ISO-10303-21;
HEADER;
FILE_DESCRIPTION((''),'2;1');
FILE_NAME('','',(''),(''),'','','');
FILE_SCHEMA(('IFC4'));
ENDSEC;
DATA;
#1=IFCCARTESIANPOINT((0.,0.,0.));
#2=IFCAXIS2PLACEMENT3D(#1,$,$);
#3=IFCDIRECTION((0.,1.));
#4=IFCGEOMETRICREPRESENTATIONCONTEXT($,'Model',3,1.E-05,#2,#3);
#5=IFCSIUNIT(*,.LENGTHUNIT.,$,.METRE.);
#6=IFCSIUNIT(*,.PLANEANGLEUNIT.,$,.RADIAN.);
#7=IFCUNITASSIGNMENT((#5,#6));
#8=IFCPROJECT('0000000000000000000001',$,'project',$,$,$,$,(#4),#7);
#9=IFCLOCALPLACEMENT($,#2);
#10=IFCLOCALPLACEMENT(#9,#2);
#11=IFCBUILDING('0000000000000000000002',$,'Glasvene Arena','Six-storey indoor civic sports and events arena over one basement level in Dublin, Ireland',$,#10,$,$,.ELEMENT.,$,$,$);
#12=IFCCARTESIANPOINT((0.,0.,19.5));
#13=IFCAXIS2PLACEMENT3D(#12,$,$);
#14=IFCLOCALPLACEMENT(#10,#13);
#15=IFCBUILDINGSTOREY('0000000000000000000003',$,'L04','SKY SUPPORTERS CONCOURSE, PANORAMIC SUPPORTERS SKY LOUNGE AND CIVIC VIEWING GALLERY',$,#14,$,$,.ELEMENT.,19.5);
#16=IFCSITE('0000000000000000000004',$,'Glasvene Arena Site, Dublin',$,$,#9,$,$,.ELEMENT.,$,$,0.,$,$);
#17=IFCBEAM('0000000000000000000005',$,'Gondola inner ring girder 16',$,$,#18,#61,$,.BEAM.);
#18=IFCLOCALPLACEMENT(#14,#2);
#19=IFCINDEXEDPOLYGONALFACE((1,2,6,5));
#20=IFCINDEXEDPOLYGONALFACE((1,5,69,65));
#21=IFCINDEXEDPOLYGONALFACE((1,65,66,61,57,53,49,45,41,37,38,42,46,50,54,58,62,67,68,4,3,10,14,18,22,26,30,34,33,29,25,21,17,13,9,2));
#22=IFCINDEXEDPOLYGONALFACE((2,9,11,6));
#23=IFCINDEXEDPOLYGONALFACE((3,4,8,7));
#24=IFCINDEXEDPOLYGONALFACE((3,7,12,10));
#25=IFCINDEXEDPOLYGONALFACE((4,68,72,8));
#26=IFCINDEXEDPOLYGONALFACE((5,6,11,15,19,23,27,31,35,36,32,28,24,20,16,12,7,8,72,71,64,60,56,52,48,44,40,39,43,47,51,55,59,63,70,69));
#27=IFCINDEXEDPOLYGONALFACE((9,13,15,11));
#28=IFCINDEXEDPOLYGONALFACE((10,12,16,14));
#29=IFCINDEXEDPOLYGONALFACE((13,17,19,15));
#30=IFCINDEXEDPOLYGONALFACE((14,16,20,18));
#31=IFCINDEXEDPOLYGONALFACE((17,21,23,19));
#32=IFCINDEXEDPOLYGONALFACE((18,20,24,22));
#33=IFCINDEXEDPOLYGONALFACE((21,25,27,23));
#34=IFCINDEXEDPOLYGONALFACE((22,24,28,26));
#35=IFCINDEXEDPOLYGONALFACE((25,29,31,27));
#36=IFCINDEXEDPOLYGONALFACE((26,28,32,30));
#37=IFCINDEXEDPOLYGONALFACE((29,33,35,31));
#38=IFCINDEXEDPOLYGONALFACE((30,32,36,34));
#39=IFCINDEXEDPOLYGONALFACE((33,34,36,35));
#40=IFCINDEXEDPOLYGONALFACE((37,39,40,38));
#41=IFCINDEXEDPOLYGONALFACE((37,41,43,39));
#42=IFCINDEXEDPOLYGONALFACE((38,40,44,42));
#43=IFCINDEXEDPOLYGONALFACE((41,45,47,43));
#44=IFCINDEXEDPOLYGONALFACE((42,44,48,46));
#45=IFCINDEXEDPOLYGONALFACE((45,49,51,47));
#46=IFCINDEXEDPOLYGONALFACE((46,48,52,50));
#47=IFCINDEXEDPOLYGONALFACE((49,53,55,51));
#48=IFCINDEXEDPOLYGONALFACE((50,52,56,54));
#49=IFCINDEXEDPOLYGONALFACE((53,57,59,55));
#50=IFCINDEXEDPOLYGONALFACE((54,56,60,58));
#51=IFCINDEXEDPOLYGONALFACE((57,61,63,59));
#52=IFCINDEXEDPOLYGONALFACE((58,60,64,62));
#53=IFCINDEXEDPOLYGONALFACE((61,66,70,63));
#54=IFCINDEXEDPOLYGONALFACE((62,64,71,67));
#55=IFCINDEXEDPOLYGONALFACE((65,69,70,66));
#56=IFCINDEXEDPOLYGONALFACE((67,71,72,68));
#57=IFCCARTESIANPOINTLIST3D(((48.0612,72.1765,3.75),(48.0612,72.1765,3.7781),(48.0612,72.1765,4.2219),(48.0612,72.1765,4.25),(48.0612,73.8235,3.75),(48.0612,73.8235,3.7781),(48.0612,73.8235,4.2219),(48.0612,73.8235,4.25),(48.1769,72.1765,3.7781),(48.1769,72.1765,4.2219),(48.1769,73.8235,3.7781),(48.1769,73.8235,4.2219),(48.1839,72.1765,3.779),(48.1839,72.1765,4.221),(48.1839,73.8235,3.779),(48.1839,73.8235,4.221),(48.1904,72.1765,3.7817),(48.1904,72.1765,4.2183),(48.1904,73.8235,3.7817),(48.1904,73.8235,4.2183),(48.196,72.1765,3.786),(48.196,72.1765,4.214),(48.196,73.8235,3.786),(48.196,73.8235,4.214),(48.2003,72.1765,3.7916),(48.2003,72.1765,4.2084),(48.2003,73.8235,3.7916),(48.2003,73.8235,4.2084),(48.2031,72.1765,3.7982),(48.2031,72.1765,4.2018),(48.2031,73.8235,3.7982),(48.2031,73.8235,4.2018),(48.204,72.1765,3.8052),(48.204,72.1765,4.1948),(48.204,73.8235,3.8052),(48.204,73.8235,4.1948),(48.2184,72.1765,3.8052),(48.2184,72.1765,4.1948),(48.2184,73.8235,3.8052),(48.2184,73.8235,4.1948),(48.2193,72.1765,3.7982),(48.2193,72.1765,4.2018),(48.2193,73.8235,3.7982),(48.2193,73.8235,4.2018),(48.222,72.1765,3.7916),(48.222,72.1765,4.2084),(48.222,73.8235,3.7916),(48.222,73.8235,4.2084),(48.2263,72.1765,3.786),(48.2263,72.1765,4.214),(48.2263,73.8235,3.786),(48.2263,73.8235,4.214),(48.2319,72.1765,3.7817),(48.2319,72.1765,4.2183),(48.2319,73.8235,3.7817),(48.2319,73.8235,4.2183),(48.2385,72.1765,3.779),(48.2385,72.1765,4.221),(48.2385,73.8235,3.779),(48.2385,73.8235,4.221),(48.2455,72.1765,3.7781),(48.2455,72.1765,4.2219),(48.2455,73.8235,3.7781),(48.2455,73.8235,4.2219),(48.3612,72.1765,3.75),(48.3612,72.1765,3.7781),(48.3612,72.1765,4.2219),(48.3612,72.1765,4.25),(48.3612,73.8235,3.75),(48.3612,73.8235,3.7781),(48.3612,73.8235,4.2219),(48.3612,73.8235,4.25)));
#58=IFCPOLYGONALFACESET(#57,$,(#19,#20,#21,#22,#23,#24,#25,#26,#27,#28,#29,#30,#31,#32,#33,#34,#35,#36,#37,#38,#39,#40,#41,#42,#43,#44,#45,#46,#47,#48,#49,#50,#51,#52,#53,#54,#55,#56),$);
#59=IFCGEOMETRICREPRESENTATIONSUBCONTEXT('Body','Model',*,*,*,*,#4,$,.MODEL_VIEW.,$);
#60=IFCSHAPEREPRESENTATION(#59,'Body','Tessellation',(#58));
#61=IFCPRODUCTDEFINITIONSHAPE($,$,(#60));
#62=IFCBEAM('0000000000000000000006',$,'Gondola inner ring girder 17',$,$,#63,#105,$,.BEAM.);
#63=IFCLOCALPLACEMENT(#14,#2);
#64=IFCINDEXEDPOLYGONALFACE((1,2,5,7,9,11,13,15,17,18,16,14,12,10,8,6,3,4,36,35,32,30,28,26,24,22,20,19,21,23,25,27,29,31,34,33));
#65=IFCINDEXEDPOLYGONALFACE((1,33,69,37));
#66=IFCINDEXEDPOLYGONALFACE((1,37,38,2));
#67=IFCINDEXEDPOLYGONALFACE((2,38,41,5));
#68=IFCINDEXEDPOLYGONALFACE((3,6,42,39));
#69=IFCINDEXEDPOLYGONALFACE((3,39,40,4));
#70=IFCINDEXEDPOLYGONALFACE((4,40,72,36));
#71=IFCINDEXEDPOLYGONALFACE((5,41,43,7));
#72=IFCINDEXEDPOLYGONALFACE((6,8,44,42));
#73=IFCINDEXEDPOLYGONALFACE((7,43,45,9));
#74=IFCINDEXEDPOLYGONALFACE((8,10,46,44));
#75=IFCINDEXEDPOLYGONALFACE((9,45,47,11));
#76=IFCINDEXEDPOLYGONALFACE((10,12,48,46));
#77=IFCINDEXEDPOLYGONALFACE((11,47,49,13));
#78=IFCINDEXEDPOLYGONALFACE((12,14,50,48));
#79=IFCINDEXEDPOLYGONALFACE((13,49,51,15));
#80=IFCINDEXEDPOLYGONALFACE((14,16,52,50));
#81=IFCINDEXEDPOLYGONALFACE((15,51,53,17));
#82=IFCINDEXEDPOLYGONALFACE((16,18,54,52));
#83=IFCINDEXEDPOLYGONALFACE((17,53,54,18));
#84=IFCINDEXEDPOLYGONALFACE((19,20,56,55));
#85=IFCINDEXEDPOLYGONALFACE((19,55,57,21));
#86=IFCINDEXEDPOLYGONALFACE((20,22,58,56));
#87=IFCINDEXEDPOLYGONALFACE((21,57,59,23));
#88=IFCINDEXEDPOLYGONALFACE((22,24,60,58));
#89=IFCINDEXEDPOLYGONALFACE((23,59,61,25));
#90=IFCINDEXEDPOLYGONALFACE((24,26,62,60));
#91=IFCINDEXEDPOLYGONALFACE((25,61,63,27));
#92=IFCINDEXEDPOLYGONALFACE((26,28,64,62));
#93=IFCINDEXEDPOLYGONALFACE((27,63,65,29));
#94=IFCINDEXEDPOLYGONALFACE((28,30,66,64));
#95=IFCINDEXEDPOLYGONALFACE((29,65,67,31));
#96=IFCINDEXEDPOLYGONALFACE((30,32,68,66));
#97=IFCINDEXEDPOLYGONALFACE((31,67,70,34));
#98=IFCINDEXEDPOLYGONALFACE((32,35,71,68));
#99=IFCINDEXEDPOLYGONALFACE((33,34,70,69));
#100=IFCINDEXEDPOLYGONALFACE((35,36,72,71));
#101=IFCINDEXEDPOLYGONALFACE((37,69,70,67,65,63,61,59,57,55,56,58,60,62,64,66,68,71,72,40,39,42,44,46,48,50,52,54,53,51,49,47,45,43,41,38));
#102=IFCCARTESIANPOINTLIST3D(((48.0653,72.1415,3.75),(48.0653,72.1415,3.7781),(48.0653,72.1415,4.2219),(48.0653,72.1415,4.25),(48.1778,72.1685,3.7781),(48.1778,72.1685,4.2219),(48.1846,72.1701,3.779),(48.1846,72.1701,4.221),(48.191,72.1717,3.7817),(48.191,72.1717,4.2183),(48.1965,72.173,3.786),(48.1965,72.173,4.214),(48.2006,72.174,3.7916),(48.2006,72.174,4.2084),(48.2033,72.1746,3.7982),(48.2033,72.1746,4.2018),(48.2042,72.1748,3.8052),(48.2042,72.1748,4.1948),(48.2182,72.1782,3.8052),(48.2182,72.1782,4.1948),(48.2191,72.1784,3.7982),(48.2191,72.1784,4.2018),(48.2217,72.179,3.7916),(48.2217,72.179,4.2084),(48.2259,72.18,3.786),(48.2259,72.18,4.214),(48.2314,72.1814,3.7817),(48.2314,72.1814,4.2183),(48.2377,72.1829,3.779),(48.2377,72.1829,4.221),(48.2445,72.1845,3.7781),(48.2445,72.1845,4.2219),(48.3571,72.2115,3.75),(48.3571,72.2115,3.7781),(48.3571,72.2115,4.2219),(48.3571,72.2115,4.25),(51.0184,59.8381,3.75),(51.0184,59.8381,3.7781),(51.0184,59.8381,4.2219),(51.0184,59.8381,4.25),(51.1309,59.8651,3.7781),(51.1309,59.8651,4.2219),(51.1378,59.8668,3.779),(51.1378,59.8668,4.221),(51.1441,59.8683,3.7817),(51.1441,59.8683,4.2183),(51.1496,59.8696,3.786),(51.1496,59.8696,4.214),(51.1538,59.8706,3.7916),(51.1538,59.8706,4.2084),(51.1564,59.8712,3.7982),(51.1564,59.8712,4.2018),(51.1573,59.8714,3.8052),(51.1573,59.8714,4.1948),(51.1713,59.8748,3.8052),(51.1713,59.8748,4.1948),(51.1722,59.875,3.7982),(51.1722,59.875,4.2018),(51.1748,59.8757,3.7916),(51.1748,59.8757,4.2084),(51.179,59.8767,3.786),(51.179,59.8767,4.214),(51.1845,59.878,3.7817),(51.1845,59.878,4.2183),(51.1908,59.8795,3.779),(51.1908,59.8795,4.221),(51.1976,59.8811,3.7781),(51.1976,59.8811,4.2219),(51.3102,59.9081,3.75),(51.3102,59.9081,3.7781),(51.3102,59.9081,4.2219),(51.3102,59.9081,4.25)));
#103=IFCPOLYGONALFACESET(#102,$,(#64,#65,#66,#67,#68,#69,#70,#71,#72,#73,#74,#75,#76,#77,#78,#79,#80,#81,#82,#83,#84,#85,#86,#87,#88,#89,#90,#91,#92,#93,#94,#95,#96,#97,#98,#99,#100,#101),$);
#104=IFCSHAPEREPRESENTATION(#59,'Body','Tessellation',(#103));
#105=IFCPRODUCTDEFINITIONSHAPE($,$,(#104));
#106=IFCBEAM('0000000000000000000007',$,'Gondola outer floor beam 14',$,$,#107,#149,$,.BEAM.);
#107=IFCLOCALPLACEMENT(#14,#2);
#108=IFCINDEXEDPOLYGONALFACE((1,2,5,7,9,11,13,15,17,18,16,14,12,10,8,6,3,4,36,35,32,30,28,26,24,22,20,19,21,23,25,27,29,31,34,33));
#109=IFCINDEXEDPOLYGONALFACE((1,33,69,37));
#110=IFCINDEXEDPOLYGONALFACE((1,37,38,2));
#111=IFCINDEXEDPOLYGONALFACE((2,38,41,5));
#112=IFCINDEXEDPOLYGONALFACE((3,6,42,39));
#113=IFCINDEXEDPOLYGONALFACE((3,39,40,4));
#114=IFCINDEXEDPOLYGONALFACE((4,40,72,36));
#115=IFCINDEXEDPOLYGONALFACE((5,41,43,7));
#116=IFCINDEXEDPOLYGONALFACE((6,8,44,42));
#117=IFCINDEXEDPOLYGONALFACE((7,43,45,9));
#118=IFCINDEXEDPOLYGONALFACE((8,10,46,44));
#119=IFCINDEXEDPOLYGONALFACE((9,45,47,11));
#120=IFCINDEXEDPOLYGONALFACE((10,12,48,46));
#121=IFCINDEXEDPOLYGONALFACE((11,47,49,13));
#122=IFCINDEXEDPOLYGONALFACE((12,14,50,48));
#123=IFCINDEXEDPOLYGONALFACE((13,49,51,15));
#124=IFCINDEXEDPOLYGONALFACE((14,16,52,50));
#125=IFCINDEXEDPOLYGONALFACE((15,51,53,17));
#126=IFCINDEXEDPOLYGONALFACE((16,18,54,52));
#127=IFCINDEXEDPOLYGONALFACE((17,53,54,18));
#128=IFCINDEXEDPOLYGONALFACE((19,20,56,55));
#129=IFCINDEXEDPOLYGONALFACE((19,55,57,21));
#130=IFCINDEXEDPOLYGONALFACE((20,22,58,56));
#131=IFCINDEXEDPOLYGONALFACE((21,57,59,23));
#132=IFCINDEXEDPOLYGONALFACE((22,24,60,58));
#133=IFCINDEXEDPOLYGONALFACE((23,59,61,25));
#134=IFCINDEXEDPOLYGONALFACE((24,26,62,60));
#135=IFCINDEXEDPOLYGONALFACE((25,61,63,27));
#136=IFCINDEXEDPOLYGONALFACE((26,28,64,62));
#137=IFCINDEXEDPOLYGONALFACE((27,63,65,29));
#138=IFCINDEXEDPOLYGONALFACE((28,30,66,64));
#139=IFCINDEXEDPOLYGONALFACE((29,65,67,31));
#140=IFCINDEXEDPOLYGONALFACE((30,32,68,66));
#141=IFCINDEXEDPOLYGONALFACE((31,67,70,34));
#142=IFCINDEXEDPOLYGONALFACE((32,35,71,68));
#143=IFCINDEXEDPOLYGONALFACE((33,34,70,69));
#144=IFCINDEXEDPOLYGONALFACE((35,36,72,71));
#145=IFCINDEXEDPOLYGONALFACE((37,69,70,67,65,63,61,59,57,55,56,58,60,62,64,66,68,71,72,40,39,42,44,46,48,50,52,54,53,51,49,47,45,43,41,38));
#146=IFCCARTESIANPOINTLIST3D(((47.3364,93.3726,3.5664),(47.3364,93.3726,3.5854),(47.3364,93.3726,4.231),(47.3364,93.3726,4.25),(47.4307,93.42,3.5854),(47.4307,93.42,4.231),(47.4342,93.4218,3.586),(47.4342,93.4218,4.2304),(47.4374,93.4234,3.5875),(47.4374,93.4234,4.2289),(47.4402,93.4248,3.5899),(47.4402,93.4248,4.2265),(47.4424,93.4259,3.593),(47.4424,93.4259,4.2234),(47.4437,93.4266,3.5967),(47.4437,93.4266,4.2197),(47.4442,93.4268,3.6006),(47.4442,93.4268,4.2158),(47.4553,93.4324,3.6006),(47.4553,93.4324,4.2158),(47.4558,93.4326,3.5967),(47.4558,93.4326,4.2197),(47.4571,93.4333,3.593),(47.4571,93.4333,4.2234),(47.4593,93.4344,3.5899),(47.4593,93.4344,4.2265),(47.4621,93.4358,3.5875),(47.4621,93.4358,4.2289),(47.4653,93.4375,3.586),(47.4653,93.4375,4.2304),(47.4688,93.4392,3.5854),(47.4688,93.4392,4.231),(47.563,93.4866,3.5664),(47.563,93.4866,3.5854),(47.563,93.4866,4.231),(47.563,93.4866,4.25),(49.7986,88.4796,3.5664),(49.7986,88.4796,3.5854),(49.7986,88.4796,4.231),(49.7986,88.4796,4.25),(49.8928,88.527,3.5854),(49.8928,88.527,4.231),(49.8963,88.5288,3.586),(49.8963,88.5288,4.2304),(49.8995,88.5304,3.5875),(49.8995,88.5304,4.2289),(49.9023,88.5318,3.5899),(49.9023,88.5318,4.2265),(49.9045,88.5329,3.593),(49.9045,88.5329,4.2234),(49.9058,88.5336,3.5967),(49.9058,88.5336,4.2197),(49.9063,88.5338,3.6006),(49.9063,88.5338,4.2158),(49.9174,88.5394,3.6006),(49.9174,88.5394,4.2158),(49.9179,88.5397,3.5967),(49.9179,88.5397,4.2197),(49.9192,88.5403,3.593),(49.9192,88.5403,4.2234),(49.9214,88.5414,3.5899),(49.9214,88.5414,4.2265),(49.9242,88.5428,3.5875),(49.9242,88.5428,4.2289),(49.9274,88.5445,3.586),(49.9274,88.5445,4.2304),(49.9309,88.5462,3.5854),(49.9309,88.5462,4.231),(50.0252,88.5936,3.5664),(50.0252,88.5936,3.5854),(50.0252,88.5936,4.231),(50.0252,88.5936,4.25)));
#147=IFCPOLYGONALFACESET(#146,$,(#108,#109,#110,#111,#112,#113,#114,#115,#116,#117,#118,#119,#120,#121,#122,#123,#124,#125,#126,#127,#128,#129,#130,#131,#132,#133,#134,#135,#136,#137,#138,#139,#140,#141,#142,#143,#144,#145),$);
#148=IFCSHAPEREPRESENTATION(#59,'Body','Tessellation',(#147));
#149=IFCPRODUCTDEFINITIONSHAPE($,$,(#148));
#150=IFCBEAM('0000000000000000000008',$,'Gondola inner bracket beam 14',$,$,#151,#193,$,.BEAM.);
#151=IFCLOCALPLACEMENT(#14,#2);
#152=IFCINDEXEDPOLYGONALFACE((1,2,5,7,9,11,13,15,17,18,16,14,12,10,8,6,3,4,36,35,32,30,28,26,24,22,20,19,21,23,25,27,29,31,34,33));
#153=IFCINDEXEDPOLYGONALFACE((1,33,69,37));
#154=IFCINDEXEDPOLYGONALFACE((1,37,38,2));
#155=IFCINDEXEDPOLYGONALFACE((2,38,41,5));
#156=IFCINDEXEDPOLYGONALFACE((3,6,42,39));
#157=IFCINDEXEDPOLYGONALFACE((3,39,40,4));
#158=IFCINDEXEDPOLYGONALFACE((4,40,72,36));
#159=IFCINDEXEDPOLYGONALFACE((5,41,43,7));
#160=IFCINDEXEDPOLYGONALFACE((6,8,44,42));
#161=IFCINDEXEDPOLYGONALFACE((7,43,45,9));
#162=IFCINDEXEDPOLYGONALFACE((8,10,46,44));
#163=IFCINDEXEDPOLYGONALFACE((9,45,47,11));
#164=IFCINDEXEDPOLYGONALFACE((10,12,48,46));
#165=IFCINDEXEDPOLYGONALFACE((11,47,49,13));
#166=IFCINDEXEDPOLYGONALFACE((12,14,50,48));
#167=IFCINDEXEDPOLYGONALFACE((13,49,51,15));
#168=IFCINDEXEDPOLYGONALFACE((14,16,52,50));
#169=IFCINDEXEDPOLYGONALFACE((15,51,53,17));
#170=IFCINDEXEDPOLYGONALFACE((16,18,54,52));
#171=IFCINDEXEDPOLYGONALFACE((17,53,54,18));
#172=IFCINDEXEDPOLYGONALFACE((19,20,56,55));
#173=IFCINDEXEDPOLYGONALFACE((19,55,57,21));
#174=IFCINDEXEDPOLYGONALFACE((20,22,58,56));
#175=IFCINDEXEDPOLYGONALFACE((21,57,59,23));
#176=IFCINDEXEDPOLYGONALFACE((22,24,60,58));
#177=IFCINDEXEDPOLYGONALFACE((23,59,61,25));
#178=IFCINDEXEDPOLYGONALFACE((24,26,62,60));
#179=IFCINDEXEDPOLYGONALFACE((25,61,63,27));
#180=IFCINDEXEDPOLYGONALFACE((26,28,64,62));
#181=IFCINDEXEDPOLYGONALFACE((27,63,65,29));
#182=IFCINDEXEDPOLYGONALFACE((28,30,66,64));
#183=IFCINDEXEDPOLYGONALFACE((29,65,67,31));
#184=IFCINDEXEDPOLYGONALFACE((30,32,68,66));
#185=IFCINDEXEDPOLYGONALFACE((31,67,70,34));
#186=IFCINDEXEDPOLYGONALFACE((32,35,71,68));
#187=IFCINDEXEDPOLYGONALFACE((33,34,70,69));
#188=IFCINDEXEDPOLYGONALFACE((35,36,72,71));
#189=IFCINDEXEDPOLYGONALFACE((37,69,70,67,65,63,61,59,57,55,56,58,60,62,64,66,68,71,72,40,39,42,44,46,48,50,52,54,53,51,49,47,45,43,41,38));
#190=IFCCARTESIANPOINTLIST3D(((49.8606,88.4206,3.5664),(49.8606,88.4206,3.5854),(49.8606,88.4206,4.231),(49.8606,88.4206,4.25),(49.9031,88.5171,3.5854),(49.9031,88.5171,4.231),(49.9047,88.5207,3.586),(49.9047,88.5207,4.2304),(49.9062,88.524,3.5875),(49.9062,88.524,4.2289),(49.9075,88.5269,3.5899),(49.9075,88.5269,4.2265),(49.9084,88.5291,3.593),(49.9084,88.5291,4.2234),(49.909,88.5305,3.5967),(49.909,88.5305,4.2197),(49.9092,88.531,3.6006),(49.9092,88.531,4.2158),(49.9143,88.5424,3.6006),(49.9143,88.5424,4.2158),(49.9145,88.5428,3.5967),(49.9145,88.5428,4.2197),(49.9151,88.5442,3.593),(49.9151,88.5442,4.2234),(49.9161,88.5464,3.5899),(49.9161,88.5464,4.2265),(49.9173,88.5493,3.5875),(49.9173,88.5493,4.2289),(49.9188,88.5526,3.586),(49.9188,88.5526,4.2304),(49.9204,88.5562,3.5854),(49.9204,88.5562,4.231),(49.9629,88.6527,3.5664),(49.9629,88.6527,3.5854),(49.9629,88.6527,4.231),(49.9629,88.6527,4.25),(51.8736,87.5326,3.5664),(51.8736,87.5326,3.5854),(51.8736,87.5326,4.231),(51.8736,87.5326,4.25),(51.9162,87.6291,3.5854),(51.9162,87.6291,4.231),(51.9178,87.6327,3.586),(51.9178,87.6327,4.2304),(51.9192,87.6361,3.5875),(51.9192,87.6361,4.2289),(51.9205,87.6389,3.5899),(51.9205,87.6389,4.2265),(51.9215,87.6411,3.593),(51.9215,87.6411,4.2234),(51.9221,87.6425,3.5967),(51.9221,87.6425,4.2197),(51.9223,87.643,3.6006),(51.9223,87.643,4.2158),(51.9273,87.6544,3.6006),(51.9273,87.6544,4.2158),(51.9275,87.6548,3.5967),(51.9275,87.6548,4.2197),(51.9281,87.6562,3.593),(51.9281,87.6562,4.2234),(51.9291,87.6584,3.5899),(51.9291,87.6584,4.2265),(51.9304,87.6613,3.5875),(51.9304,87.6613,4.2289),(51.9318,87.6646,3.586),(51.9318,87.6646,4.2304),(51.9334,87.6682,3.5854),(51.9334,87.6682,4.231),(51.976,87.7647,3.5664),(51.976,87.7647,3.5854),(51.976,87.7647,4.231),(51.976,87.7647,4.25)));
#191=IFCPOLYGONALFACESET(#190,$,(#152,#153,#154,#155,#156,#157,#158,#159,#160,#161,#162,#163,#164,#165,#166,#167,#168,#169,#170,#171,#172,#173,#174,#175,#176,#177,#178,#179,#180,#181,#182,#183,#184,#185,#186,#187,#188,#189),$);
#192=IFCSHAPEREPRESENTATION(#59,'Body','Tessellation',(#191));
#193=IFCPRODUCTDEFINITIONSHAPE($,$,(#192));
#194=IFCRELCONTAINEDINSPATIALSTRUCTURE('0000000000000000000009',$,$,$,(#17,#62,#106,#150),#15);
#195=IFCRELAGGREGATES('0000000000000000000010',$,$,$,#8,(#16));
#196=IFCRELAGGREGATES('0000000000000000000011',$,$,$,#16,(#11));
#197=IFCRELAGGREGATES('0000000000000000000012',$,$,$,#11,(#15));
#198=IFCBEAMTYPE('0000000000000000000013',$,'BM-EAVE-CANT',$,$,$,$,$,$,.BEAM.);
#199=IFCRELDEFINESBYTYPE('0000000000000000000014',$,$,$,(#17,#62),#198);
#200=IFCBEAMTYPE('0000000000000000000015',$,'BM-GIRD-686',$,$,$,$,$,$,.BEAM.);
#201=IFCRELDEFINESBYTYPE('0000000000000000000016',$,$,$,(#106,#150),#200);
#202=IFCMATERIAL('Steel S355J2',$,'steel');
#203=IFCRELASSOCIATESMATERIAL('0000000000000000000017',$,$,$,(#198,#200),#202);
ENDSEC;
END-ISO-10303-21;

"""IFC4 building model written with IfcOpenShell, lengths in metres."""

from ifc_helpers import new_model, si_unit, direction, frame, origin, origin_2d, place, context, subcontext, project, spatial, i_section, extrude, material, material_profile, profile_set, type_object, element, save


model = new_model("IFC4")

# Units and contexts
model_context = context("Model", 3, precision=1e-05, world=origin(), true_north=direction((0.0, 1.0)))
body_context = subcontext(model_context, "Body", "Model", "MODEL_VIEW")
ifc_project = project(units=[si_unit("LENGTHUNIT", "METRE"), si_unit("PLANEANGLEUNIT", "RADIAN")], contexts=[model_context])

# Site, building, storey
site_placement = place(None, origin())
site = spatial("IfcSite", under=ifc_project, at=site_placement, Name="Glasvene Arena Site, Dublin", CompositionType="ELEMENT", RefElevation=0.0)
building_placement = place(site_placement, origin())
building = spatial("IfcBuilding", under=site, at=building_placement, Name="Glasvene Arena", Description="Six-storey indoor civic sports and events arena over one basement level in Dublin, Ireland", CompositionType="ELEMENT")
storey_placement = place(building_placement, frame((0.0, 0.0, 19.5)))
storey = spatial("IfcBuildingStorey", under=building, at=storey_placement, Name="L04", Description="SKY SUPPORTERS CONCOURSE, PANORAMIC SUPPORTERS SKY LOUNGE AND CIVIC VIEWING GALLERY", CompositionType="ELEMENT", Elevation=19.5)

# Shared definitions
ifc_material_1 = material(Name="Steel S355J2", Category="steel")

# Beams
ifc_material_profile_1 = material_profile(ifc_material_1, i_section(OverallWidth=0.3, OverallDepth=0.5, WebThickness=0.0144, FlangeThickness=0.0281, FilletRadius=0.0271, at=origin_2d()), Name="HEB 500")
ifc_profile_set_1 = profile_set([ifc_material_profile_1], Name="Steel S355J2")
beam_type_1 = type_object("IfcBeamType", Name="BM-EAVE-CANT", PredefinedType="BEAM", material=ifc_profile_set_1)
beam_1_placement = place(storey_placement, frame((48.2112, 73.8235, 4.0), z_axis=(0.0, -1.0, 0.0), x_axis=(1.0, 0.0, 0.0)))
element("IfcBeam", 1, at=beam_1_placement, inside=storey, type_object=beam_type_1, Name="Gondola inner ring girder 16", PredefinedType="BEAM", context=body_context, shape_type="SweptSolid", body=[
    extrude(i_section(OverallWidth=0.3, OverallDepth=0.5, WebThickness=0.0144, FlangeThickness=0.0281, FilletRadius=0.0271, at=origin_2d()), origin(), (0.0, 0.0, 1.0), 1.647),
])
beam_2_placement = place(storey_placement, frame((48.2112, 72.1765, 4.0), z_axis=(0.233395, -0.972382, 0.0), x_axis=(0.972382, 0.233395, 0.0)))
element("IfcBeam", 2, at=beam_2_placement, inside=storey, type_object=beam_type_1, Name="Gondola inner ring girder 17", PredefinedType="BEAM", context=body_context, shape_type="SweptSolid", body=[
    extrude(i_section(OverallWidth=0.3, OverallDepth=0.5, WebThickness=0.0144, FlangeThickness=0.0281, FilletRadius=0.0271, at=origin_2d()), origin(), (0.0, 0.0, 1.0), 12.6528),
])
ifc_material_profile_2 = material_profile(ifc_material_1, i_section(OverallWidth=0.2537, OverallDepth=0.6836, WebThickness=0.0125, FlangeThickness=0.019, FilletRadius=0.0151, at=origin_2d()), Name="UKB 686x254x140")
ifc_profile_set_2 = profile_set([ifc_material_profile_2], Name="Steel S355J2")
beam_type_2 = type_object("IfcBeamType", Name="BM-GIRD-686", PredefinedType="BEAM", material=ifc_profile_set_2)
beam_3_placement = place(storey_placement, frame((49.9119, 88.5366, 3.9082), z_axis=(-0.449494, 0.893283, 0.0), x_axis=(-0.893283, -0.449494, 0.0)))
element("IfcBeam", 3, at=beam_3_placement, inside=storey, type_object=beam_type_2, Name="Gondola outer floor beam 14", PredefinedType="BEAM", context=body_context, shape_type="SweptSolid", body=[
    extrude(i_section(OverallWidth=0.2537, OverallDepth=0.6836, WebThickness=0.0125, FlangeThickness=0.019, FilletRadius=0.0151, at=origin_2d()), origin(), (0.0, 0.0, 1.0), 5.4775),
])
beam_4_placement = place(storey_placement, frame((51.9248, 87.6487, 3.9082), z_axis=(-0.914938, 0.403594, 0.0), x_axis=(-0.403594, -0.914938, 0.0)))
element("IfcBeam", 4, at=beam_4_placement, inside=storey, type_object=beam_type_2, Name="Gondola inner bracket beam 14", PredefinedType="BEAM", context=body_context, shape_type="SweptSolid", body=[
    extrude(i_section(OverallWidth=0.2537, OverallDepth=0.6836, WebThickness=0.0125, FlangeThickness=0.019, FilletRadius=0.0151, at=origin_2d()), origin(), (0.0, 0.0, 1.0), 2.2002),
])

save(model, "model.ifc")
